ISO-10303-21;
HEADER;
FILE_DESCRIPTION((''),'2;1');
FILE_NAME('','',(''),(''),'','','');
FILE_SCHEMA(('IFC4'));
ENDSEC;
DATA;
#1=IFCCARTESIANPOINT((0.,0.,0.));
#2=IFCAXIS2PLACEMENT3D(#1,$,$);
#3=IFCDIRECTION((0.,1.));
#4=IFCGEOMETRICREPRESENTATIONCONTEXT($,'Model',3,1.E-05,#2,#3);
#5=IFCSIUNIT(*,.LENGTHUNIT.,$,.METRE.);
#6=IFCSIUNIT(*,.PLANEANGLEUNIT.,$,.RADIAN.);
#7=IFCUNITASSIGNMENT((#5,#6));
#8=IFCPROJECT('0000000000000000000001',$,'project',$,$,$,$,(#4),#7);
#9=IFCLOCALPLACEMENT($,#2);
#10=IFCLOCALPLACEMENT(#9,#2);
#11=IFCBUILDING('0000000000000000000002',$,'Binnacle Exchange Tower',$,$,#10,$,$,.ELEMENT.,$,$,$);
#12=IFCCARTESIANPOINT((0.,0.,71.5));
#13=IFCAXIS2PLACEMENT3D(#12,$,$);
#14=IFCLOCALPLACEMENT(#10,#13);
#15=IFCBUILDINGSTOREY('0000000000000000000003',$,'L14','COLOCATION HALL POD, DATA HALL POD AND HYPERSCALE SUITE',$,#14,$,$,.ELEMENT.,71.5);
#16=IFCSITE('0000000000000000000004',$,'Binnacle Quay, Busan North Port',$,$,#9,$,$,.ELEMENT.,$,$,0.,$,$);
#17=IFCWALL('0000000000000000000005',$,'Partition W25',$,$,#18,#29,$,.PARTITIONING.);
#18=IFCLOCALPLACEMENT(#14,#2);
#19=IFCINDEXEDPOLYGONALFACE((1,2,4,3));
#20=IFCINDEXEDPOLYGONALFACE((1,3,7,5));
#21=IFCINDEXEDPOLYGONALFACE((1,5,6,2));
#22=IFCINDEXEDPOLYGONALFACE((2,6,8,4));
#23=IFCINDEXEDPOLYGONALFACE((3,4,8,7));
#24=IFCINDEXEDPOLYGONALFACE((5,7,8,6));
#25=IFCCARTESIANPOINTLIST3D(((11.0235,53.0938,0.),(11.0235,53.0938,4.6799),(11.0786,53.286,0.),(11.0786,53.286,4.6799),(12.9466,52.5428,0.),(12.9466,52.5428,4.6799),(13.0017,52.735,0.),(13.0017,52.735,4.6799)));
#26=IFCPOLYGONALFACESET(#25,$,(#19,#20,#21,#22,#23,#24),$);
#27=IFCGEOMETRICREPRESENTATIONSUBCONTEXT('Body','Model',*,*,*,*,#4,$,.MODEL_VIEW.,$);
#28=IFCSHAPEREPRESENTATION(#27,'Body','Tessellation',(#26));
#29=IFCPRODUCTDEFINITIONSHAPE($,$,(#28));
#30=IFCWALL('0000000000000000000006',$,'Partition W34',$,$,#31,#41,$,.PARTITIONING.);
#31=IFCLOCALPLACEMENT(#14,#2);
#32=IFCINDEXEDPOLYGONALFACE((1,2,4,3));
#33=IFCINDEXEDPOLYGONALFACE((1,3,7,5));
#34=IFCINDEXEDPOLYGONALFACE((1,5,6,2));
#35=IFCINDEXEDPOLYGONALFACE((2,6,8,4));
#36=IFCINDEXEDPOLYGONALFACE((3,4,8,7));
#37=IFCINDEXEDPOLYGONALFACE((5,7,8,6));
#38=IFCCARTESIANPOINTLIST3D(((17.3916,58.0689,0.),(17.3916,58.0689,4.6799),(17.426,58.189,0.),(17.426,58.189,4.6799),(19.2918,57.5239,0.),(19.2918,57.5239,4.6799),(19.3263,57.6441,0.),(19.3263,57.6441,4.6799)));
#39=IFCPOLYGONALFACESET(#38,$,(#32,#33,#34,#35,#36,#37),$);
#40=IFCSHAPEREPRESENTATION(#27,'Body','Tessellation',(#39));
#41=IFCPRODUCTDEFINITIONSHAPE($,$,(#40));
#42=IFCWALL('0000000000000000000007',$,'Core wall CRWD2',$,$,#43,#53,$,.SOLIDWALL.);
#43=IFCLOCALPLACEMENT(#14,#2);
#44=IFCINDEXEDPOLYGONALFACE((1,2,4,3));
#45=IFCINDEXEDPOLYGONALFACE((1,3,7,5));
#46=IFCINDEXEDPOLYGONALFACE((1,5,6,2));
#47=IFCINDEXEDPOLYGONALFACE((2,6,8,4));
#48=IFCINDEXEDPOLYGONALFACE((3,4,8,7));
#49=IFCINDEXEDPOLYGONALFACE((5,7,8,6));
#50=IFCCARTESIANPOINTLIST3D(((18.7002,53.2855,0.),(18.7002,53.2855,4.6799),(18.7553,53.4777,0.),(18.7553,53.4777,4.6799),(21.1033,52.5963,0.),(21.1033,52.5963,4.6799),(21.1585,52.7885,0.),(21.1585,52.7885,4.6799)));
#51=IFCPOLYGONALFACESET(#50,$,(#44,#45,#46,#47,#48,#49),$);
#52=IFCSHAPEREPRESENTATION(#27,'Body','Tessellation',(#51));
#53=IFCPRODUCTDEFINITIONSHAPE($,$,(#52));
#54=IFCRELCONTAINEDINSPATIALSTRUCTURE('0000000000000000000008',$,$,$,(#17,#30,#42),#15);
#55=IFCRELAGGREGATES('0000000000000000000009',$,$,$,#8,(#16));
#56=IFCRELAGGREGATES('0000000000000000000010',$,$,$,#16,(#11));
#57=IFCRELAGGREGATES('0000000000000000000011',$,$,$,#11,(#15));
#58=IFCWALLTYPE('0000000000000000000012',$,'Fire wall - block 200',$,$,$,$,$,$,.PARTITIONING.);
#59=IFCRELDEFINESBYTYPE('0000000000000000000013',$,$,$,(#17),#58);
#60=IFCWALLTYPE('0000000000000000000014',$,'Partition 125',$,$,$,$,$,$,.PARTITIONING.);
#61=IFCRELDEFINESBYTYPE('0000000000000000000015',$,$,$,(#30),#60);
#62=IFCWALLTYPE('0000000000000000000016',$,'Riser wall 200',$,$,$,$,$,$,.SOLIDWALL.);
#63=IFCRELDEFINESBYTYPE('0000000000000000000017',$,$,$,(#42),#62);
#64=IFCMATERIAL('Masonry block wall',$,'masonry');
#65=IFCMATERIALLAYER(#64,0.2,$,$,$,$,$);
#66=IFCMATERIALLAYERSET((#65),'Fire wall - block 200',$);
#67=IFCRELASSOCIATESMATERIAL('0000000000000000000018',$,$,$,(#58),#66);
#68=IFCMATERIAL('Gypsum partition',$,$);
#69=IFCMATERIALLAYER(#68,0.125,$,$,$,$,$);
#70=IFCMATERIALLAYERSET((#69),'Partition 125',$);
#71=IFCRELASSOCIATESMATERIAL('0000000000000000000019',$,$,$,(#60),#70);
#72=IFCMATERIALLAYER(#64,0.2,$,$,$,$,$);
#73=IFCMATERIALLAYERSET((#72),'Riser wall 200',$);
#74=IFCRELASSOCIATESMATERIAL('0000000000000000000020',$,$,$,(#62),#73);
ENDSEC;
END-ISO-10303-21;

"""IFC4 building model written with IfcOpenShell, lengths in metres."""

from ifc_helpers import new_model, si_unit, direction, frame, frame_2d, origin, place, context, subcontext, project, spatial, rectangle, extrude, material, layer, layer_set, type_object, element, save


model = new_model("IFC4")

# Units and contexts
model_context = context("Model", 3, precision=1e-05, world=origin(), true_north=direction((0.0, 1.0)))
body_context = subcontext(model_context, "Body", "Model", "MODEL_VIEW")
ifc_project = project(units=[si_unit("LENGTHUNIT", "METRE"), si_unit("PLANEANGLEUNIT", "RADIAN")], contexts=[model_context])

# Site, building, storey
site_placement = place(None, origin())
site = spatial("IfcSite", under=ifc_project, at=site_placement, Name="Binnacle Quay, Busan North Port", CompositionType="ELEMENT", RefElevation=0.0)
building_placement = place(site_placement, origin())
building = spatial("IfcBuilding", under=site, at=building_placement, Name="Binnacle Exchange Tower", CompositionType="ELEMENT")
storey_placement = place(building_placement, frame((0.0, 0.0, 71.5)))
storey = spatial("IfcBuildingStorey", under=building, at=storey_placement, Name="L14", Description="COLOCATION HALL POD, DATA HALL POD AND HYPERSCALE SUITE", CompositionType="ELEMENT", Elevation=71.5)

# Walls
ifc_material_1 = material(Name="Masonry block wall", Category="masonry")
ifc_layer_1 = layer(ifc_material_1, 0.2)
ifc_layer_set_1 = layer_set([ifc_layer_1], Name="Fire wall - block 200")
wall_type_1 = type_object("IfcWallType", Name="Fire wall - block 200", PredefinedType="PARTITIONING", material=ifc_layer_set_1)
wall_1_placement = place(storey_placement, frame((11.051, 53.1899, 0.0), z_axis=(0.0, 0.0, 1.0), x_axis=(0.961316, -0.275446, 0.0)))
element("IfcWall", 1, at=wall_1_placement, inside=storey, type_object=wall_type_1, Name="Partition W25", PredefinedType="PARTITIONING", context=body_context, shape_type="SweptSolid", body=[
    extrude(rectangle(XDim=2.0005, YDim=0.2, at=frame_2d((1.0002, 0.0))), origin(), (0.0, 0.0, 1.0), 4.6799),
])
ifc_material_2 = material(Name="Gypsum partition")
ifc_layer_2 = layer(ifc_material_2, 0.125)
ifc_layer_set_2 = layer_set([ifc_layer_2], Name="Partition 125")
wall_type_2 = type_object("IfcWallType", Name="Partition 125", PredefinedType="PARTITIONING", material=ifc_layer_set_2)
wall_2_placement = place(storey_placement, frame((17.4089, 58.1289, 0.0), z_axis=(0.0, 0.0, 1.0), x_axis=(0.961253, -0.275667, 0.0)))
element("IfcWall", 2, at=wall_2_placement, inside=storey, type_object=wall_type_2, Name="Partition W34", PredefinedType="PARTITIONING", context=body_context, shape_type="SweptSolid", body=[
    extrude(rectangle(XDim=1.9768, YDim=0.125, at=frame_2d((0.9883, 0.0))), origin(), (0.0, 0.0, 1.0), 4.6799),
])
ifc_layer_3 = layer(ifc_material_1, 0.2)
ifc_layer_set_3 = layer_set([ifc_layer_3], Name="Riser wall 200")
wall_type_3 = type_object("IfcWallType", Name="Riser wall 200", PredefinedType="SOLIDWALL", material=ifc_layer_set_3)
wall_3_placement = place(storey_placement, frame((18.7278, 53.3816, 0.0), z_axis=(0.0, 0.0, 1.0), x_axis=(0.961247, -0.275688, 0.0)))
element("IfcWall", 3, at=wall_3_placement, inside=storey, type_object=wall_type_3, Name="Core wall CRWD2", PredefinedType="SOLIDWALL", context=body_context, shape_type="SweptSolid", body=[
    extrude(rectangle(XDim=2.5, YDim=0.2, at=frame_2d((1.25, 0.0))), origin(), (0.0, 0.0, 1.0), 4.6799),
])

save(model, "model.ifc")
